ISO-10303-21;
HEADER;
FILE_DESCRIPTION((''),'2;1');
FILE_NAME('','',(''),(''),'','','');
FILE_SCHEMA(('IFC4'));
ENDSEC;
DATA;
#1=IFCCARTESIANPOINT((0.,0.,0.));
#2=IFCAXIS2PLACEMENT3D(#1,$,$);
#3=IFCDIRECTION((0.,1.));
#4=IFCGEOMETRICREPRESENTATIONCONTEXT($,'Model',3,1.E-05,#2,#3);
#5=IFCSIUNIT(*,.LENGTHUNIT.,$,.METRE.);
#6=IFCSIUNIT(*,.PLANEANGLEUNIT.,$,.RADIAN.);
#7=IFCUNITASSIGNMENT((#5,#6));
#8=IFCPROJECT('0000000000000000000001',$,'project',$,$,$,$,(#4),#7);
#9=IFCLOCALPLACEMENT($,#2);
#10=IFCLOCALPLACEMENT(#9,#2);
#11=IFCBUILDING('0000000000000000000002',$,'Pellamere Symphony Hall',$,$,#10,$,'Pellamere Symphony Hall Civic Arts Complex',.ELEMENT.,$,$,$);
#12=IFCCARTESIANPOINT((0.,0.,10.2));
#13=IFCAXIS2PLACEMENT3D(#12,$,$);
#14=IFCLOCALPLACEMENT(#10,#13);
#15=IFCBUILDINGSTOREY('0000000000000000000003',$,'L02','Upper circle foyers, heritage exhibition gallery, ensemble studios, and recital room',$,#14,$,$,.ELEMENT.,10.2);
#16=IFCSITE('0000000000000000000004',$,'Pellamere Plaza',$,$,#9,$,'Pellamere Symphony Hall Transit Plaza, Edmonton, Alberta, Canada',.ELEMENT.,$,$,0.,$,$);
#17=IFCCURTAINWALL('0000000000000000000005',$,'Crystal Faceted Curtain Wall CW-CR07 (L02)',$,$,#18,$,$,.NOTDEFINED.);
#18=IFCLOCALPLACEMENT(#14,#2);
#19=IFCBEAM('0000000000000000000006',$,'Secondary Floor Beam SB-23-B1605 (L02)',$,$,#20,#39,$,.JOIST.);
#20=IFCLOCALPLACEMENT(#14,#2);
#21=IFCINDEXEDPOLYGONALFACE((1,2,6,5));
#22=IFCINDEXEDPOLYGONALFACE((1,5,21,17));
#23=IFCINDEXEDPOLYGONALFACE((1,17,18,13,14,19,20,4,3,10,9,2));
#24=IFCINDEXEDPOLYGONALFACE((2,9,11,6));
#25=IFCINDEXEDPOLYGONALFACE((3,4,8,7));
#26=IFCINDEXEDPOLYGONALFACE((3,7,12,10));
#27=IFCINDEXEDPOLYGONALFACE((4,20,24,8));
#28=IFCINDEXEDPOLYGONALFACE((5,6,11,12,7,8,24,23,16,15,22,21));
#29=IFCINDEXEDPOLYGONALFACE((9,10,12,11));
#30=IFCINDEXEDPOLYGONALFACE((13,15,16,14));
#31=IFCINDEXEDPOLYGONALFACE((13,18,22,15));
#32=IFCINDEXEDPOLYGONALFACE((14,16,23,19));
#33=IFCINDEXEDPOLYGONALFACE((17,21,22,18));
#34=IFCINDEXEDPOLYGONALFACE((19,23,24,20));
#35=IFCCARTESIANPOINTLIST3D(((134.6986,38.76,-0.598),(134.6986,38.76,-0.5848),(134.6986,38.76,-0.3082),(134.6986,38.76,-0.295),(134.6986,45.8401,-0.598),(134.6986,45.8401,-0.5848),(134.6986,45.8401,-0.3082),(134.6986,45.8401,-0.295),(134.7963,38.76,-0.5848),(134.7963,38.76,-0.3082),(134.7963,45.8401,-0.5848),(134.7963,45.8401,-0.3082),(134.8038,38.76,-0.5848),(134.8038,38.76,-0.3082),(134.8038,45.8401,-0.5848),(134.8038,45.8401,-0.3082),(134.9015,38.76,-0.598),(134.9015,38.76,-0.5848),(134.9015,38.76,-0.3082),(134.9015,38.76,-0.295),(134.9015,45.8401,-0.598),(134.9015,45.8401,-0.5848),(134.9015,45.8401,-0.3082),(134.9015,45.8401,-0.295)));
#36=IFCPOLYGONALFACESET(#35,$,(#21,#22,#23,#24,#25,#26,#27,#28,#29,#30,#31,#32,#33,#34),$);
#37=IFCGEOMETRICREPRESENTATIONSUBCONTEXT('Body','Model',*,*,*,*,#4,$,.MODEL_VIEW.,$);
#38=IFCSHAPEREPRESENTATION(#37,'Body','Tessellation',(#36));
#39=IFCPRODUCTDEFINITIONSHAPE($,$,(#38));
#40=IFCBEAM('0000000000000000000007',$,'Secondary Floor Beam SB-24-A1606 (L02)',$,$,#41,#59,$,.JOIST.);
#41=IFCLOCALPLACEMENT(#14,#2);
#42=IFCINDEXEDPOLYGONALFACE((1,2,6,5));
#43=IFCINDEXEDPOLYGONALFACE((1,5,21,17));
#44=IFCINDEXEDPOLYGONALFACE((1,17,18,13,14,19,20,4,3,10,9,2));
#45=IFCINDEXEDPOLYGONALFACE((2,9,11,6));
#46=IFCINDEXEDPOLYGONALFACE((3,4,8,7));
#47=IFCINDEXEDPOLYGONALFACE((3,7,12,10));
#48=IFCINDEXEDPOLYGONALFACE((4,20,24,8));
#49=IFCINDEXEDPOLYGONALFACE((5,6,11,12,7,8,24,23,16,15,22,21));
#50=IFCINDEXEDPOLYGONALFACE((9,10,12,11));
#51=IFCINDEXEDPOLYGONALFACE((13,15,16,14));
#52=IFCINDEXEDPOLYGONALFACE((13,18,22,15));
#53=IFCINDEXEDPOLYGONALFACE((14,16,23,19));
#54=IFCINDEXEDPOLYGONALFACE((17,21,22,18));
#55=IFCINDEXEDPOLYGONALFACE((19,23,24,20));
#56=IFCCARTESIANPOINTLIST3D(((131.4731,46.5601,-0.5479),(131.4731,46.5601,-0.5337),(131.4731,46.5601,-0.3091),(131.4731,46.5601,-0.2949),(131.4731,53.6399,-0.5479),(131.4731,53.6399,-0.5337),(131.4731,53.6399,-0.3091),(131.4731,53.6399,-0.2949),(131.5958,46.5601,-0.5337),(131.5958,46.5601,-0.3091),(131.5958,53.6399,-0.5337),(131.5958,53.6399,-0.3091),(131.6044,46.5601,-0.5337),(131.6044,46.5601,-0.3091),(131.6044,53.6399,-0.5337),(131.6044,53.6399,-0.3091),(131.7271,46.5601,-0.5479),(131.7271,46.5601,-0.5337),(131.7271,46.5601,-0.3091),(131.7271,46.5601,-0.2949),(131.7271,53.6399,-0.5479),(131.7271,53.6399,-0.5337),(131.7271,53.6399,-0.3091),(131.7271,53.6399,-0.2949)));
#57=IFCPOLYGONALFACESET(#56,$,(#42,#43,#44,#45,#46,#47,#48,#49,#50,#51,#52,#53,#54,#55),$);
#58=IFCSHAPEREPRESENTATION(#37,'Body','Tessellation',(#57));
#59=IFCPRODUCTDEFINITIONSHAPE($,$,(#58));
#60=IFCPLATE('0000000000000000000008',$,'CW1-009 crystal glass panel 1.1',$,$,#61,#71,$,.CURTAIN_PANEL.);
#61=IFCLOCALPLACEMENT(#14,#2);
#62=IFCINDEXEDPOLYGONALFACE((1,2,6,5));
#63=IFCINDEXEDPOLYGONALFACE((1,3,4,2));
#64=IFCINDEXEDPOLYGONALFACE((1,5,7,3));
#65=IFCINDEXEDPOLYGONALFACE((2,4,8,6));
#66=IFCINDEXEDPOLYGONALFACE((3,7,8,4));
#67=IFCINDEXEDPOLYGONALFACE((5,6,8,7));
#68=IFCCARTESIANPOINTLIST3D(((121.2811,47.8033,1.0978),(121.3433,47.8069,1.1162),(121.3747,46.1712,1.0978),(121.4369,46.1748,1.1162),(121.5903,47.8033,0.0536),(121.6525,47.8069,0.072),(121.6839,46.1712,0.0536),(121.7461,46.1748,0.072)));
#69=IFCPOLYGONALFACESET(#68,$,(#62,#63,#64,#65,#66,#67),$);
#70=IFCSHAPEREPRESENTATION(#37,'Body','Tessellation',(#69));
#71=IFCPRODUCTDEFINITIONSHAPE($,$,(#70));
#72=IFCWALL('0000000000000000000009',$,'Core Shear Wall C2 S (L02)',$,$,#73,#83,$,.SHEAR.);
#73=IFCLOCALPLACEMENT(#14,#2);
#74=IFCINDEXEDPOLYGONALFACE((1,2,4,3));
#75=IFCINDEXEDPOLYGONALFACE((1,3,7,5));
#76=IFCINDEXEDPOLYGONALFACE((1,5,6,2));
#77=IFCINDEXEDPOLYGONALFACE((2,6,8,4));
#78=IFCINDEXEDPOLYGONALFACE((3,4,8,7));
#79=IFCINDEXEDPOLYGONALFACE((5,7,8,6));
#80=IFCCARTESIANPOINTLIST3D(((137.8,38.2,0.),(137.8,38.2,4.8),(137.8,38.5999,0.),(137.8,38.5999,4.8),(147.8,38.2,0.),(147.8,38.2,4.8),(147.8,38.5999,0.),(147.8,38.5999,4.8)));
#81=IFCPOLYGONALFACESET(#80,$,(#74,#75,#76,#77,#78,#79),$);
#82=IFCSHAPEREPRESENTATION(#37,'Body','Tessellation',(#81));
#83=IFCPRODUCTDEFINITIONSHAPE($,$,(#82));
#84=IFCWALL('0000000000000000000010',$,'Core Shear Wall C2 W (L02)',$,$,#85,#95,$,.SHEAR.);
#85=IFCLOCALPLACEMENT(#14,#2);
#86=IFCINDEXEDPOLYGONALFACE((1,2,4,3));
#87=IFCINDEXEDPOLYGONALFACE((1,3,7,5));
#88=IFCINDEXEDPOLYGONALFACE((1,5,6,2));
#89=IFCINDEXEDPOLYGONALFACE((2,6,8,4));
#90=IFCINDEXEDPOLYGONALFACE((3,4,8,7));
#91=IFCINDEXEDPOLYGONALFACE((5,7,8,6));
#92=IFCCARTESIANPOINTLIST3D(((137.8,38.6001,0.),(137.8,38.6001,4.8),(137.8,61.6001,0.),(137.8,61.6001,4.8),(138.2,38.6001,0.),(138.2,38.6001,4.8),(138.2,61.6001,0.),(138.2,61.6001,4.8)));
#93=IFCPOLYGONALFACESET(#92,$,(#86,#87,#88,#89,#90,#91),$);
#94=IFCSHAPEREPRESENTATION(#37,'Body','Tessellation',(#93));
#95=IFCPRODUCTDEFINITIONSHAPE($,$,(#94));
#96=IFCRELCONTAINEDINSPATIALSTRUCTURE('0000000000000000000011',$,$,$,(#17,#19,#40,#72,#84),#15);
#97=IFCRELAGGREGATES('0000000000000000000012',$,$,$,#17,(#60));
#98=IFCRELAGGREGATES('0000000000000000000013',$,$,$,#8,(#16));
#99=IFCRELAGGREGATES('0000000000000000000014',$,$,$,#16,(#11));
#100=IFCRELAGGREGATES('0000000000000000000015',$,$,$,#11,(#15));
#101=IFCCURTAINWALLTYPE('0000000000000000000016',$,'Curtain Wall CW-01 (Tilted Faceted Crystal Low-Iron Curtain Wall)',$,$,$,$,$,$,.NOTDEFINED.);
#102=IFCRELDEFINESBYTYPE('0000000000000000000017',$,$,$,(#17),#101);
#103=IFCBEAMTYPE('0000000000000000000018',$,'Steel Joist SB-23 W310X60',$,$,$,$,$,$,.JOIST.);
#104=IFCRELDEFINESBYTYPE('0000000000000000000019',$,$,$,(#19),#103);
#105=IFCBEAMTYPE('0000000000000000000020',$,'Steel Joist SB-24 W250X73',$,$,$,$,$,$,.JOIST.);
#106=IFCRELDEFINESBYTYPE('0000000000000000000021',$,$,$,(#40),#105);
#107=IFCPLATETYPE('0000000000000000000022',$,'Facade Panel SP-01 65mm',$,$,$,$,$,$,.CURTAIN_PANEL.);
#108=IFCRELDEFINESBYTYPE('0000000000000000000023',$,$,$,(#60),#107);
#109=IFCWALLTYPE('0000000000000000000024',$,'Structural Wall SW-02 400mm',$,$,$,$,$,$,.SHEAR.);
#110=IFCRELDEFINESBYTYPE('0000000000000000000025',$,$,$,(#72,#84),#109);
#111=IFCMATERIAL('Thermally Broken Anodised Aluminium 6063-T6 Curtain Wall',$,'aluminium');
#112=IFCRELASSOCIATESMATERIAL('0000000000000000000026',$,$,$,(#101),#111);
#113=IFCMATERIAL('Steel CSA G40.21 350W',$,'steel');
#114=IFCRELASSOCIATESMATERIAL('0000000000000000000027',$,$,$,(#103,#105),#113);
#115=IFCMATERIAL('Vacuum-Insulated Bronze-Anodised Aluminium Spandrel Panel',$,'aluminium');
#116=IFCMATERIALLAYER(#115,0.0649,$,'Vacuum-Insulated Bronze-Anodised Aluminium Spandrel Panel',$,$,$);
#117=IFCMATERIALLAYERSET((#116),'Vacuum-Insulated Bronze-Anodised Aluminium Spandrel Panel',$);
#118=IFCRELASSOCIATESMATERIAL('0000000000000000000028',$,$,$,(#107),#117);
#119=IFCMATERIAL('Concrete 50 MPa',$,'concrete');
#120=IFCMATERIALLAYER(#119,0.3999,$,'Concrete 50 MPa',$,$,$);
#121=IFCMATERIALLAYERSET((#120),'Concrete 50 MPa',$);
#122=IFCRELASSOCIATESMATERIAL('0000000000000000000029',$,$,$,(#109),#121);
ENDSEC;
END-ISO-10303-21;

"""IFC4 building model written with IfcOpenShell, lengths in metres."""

from ifc_helpers import new_model, si_unit, direction, frame, frame_2d, origin, origin_2d, place, context, subcontext, project, spatial, polyline, rectangle, i_section, outline, extrude, material, layer, layer_set, material_profile, profile_set, type_object, element, aggregate, save


model = new_model("IFC4")

# Units and contexts
model_context = context("Model", 3, precision=1e-05, world=origin(), true_north=direction((0.0, 1.0)))
body_context = subcontext(model_context, "Body", "Model", "MODEL_VIEW")
ifc_project = project(units=[si_unit("LENGTHUNIT", "METRE"), si_unit("PLANEANGLEUNIT", "RADIAN")], contexts=[model_context])

# Site, building, storey
site_placement = place(None, origin())
site = spatial("IfcSite", under=ifc_project, at=site_placement, Name="Pellamere Plaza", LongName="Pellamere Symphony Hall Transit Plaza, Edmonton, Alberta, Canada", CompositionType="ELEMENT", RefElevation=0.0)
building_placement = place(site_placement, origin())
building = spatial("IfcBuilding", under=site, at=building_placement, Name="Pellamere Symphony Hall", LongName="Pellamere Symphony Hall Civic Arts Complex", CompositionType="ELEMENT")
storey_placement = place(building_placement, frame((0.0, 0.0, 10.2)))
storey = spatial("IfcBuildingStorey", under=building, at=storey_placement, Name="L02", Description="Upper circle foyers, heritage exhibition gallery, ensemble studios, and recital room", CompositionType="ELEMENT", Elevation=10.2)

# Curtain wall
ifc_material_1 = material(Name="Thermally Broken Anodised Aluminium 6063-T6 Curtain Wall", Category="aluminium")
curtain_wall_type = type_object("IfcCurtainWallType", Name="Curtain Wall CW-01 (Tilted Faceted Crystal Low-Iron Curtain Wall)", PredefinedType="NOTDEFINED", material=ifc_material_1)
curtain_wall_1_placement = place(storey_placement, origin())
curtain_wall_1 = element("IfcCurtainWall", 1, at=curtain_wall_1_placement, inside=storey, type_object=curtain_wall_type, Name="Crystal Faceted Curtain Wall CW-CR07 (L02)", PredefinedType="NOTDEFINED")

# Beams
ifc_material_2 = material(Name="Steel CSA G40.21 350W", Category="steel")
ifc_material_profile_1 = material_profile(ifc_material_2, i_section(OverallWidth=0.2029, OverallDepth=0.303, WebThickness=0.0076, FlangeThickness=0.0132, at=origin_2d()), Name="W310X60")
ifc_profile_set_1 = profile_set([ifc_material_profile_1], Name="Steel CSA G40.21 350W")
beam_type_1 = type_object("IfcBeamType", Name="Steel Joist SB-23 W310X60", PredefinedType="JOIST", material=ifc_profile_set_1)
for number, where, z_axis, x_axis, name in (
    (2, (134.8, 38.76, -0.4465), (0.0, 1.0, 0.0), (-1.0, 0.0, 0.0), "Secondary Floor Beam SB-23-B1605 (L02)"),
):
    element("IfcBeam", number, at=place(storey_placement, frame(where, z_axis=z_axis, x_axis=x_axis)), inside=storey, type_object=beam_type_1, Name=name, PredefinedType="JOIST", context=body_context, shape_type="SweptSolid", body=[
        extrude(i_section(OverallWidth=0.2029, OverallDepth=0.303, WebThickness=0.0076, FlangeThickness=0.0132, at=origin_2d()), origin(), (0.0, 0.0, 1.0), 7.0801),
    ])
ifc_material_profile_2 = material_profile(ifc_material_2, i_section(OverallWidth=0.2539, OverallDepth=0.2529, WebThickness=0.0085, FlangeThickness=0.0142, at=origin_2d()), Name="W250X73")
ifc_profile_set_2 = profile_set([ifc_material_profile_2], Name="Steel CSA G40.21 350W")
beam_type_2 = type_object("IfcBeamType", Name="Steel Joist SB-24 W250X73", PredefinedType="JOIST", material=ifc_profile_set_2)
beam_1_placement = place(storey_placement, frame((131.6001, 46.5601, -0.4214), z_axis=(0.0, 1.0, 0.0), x_axis=(-1.0, 0.0, 0.0)))
element("IfcBeam", 3, at=beam_1_placement, inside=storey, type_object=beam_type_2, Name="Secondary Floor Beam SB-24-A1606 (L02)", PredefinedType="JOIST", context=body_context, shape_type="SweptSolid", body=[
    extrude(i_section(OverallWidth=0.2539, OverallDepth=0.2529, WebThickness=0.0085, FlangeThickness=0.0142, at=origin_2d()), origin(), (0.0, 0.0, 1.0), 7.0798),
])

# Plate
ifc_material_3 = material(Name="Vacuum-Insulated Bronze-Anodised Aluminium Spandrel Panel", Category="aluminium")
ifc_layer_1 = layer(ifc_material_3, 0.0649, Name="Vacuum-Insulated Bronze-Anodised Aluminium Spandrel Panel")
ifc_layer_set_1 = layer_set([ifc_layer_1], Name="Vacuum-Insulated Bronze-Anodised Aluminium Spandrel Panel")
plate_type = type_object("IfcPlateType", Name="Facade Panel SP-01 65mm", PredefinedType="CURTAIN_PANEL", material=ifc_layer_set_1)
plate_placement = place(storey_placement, frame((121.7461, 46.1748, 0.072), z_axis=(0.957397, 0.054923, 0.283503), x_axis=(-0.057267, 0.998359, -0.00002)))
plate = element("IfcPlate", 4, at=plate_placement, type_object=plate_type, Name="CW1-009 crystal glass panel 1.1", PredefinedType="CURTAIN_PANEL", context=body_context, shape_type="SweptSolid", body=[
    extrude(outline(polyline([(0.0, 0.0), (1.6348, 0.0), (1.6524, 1.0889), (0.0177, 1.0888), (0.0, 0.0)])), origin(), (0.0, 0.0, -1.0), 0.0649),
])
aggregate(curtain_wall_1, [plate])

# Walls
ifc_material_4 = material(Name="Concrete 50 MPa", Category="concrete")
ifc_layer_2 = layer(ifc_material_4, 0.3999, Name="Concrete 50 MPa")
ifc_layer_set_2 = layer_set([ifc_layer_2], Name="Concrete 50 MPa")
wall_type = type_object("IfcWallType", Name="Structural Wall SW-02 400mm", PredefinedType="SHEAR", material=ifc_layer_set_2)
wall_1_placement = place(storey_placement, frame((137.8, 38.3999, 0.0), z_axis=(0.0, 0.0, 1.0), x_axis=(1.0, 0.0, 0.0)))
element("IfcWall", 5, at=wall_1_placement, inside=storey, type_object=wall_type, Name="Core Shear Wall C2 S (L02)", PredefinedType="SHEAR", context=body_context, shape_type="SweptSolid", body=[
    extrude(rectangle(XDim=10.0, YDim=0.3999, at=frame_2d((5.0, 0.0))), origin(), (0.0, 0.0, 1.0), 4.8),
])
wall_2_placement = place(storey_placement, frame((138.0, 38.6001, 0.0), z_axis=(0.0, 0.0, 1.0), x_axis=(0.0, 1.0, 0.0)))
element("IfcWall", 6, at=wall_2_placement, inside=storey, type_object=wall_type, Name="Core Shear Wall C2 W (L02)", PredefinedType="SHEAR", context=body_context, shape_type="SweptSolid", body=[
    extrude(rectangle(XDim=23.0, YDim=0.3999, at=frame_2d((11.5, 0.0))), origin(), (0.0, 0.0, 1.0), 4.8),
])

save(model, "model.ifc")
